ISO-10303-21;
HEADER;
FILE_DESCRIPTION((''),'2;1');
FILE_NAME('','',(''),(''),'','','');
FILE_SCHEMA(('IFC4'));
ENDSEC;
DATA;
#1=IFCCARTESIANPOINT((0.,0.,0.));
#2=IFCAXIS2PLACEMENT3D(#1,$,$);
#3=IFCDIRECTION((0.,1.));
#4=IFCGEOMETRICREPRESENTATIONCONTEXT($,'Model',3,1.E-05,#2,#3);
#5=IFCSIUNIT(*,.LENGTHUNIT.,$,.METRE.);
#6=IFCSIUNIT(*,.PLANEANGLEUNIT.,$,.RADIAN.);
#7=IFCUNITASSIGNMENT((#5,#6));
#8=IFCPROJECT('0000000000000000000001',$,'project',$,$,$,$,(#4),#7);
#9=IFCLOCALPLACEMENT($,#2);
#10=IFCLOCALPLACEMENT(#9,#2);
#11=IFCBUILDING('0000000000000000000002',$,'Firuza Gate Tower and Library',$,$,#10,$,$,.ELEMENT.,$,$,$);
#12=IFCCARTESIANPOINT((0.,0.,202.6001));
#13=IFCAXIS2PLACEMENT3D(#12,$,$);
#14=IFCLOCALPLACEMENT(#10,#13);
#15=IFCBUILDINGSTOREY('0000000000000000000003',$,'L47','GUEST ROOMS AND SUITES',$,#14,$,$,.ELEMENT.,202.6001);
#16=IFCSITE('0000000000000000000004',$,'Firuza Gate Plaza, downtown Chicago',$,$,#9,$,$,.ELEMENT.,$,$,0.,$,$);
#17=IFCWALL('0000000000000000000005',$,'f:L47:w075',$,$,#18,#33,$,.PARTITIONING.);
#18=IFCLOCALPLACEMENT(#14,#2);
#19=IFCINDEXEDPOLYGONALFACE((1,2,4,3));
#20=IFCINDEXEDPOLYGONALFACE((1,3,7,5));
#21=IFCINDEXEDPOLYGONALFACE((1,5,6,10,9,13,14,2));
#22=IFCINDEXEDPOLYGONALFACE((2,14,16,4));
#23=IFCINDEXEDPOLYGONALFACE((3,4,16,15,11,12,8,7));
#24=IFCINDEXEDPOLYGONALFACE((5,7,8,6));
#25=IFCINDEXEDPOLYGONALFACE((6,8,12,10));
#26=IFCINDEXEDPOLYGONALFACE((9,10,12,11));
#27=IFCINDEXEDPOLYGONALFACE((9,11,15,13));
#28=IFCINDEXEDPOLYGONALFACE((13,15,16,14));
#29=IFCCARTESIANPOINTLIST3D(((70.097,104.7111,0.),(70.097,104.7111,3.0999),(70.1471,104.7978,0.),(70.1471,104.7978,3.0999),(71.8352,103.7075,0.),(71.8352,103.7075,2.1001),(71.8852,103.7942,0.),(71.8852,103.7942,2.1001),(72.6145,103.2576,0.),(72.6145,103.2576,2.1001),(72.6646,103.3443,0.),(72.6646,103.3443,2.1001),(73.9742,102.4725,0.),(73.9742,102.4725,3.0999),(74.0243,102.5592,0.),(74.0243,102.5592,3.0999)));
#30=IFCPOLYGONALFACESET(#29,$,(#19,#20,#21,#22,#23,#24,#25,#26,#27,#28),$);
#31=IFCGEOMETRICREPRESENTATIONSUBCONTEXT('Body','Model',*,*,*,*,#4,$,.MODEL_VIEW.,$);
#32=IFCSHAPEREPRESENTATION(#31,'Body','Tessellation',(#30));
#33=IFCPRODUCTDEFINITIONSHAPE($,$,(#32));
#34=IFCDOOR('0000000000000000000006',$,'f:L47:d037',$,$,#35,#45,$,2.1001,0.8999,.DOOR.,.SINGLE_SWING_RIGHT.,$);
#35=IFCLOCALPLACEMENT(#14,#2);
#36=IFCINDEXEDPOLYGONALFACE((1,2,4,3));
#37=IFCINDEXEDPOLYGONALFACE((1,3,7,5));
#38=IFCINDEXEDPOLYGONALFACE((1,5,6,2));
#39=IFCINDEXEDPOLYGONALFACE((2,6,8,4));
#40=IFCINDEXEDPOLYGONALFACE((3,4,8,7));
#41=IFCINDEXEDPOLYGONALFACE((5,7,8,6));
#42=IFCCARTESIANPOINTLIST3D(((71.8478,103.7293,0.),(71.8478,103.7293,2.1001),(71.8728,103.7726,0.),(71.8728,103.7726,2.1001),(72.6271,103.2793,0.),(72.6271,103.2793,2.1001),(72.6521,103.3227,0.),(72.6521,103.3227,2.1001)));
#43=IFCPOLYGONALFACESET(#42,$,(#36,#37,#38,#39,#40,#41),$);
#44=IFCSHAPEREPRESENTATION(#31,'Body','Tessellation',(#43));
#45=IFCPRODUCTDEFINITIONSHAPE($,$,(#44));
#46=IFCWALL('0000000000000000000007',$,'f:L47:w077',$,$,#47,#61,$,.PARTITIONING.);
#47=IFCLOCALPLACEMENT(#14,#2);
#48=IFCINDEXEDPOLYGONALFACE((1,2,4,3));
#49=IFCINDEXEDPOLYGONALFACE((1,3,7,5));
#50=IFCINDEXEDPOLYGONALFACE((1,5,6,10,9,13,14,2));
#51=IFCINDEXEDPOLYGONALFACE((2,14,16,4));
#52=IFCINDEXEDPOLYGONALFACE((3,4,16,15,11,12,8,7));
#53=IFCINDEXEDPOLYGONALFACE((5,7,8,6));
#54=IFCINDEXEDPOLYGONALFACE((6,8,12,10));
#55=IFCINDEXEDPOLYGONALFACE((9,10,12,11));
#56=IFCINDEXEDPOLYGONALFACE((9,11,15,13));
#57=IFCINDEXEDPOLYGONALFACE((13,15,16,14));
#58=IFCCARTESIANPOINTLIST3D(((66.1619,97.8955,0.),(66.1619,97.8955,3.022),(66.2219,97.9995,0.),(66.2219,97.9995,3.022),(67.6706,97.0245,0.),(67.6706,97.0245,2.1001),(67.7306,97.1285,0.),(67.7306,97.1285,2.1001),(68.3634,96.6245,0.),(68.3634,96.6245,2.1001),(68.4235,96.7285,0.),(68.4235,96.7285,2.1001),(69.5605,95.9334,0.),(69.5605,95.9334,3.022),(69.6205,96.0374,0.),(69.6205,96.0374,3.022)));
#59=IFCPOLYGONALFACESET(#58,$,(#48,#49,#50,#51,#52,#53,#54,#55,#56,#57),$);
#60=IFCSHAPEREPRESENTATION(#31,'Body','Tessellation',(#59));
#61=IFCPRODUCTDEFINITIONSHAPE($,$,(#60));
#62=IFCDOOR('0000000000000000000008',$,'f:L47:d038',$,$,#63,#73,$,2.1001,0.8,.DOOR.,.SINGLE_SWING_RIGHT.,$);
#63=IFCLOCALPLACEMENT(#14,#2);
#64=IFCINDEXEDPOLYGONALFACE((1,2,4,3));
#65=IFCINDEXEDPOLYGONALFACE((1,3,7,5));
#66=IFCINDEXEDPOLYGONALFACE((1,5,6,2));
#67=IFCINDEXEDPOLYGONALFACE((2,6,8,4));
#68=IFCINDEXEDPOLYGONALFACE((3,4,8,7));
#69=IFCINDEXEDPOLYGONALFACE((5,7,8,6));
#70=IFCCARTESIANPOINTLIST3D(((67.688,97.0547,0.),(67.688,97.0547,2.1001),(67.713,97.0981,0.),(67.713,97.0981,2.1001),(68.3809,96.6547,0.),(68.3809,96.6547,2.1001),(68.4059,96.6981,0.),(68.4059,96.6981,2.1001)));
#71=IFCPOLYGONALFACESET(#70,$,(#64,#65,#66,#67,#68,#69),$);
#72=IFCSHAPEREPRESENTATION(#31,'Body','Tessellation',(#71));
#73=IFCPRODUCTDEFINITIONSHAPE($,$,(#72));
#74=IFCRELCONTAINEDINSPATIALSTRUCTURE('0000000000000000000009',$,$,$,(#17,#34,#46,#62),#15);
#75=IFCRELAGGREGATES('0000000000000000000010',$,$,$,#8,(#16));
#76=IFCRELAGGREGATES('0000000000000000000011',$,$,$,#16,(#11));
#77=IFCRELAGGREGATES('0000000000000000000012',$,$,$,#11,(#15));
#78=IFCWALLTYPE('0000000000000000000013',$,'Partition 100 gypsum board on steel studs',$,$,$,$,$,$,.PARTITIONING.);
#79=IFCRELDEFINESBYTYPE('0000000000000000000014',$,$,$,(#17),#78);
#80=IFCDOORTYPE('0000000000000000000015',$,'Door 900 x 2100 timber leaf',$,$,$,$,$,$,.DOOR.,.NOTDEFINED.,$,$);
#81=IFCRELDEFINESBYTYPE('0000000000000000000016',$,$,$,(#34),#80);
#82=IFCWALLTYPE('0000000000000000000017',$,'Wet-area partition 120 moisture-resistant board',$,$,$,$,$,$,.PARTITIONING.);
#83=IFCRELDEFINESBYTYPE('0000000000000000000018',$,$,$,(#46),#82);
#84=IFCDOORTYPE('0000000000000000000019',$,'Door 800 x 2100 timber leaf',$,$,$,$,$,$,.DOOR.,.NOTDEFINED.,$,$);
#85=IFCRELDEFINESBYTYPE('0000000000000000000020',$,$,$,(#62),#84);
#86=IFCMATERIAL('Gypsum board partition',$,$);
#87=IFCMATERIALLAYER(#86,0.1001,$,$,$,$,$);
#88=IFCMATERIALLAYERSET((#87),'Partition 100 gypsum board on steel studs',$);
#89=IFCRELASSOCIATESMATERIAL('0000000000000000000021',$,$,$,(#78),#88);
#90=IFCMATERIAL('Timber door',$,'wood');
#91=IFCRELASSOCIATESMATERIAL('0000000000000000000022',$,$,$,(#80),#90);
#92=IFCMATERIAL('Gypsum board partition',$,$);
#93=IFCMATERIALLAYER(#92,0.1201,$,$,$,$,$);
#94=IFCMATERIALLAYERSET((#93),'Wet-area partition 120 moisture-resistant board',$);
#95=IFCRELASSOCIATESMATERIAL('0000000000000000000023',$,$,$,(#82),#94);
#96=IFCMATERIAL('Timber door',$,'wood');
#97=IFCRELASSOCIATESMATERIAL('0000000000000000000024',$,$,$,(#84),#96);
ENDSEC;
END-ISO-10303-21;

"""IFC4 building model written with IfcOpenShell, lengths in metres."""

from ifc_helpers import new_model, si_unit, direction, frame, frame_2d, origin, place, context, subcontext, project, spatial, rectangle, extrude, material, layer, layer_set, type_object, element, fill, save


model = new_model("IFC4")

# Units and contexts
model_context = context("Model", 3, precision=1e-05, world=origin(), true_north=direction((0.0, 1.0)))
body_context = subcontext(model_context, "Body", "Model", "MODEL_VIEW")
ifc_project = project(units=[si_unit("LENGTHUNIT", "METRE"), si_unit("PLANEANGLEUNIT", "RADIAN")], contexts=[model_context])

# Site, building, storey
site_placement = place(None, origin())
site = spatial("IfcSite", under=ifc_project, at=site_placement, Name="Firuza Gate Plaza, downtown Chicago", CompositionType="ELEMENT", RefElevation=0.0)
building_placement = place(site_placement, origin())
building = spatial("IfcBuilding", under=site, at=building_placement, Name="Firuza Gate Tower and Library", CompositionType="ELEMENT")
storey_placement = place(building_placement, frame((0.0, 0.0, 202.6001)))
storey = spatial("IfcBuildingStorey", under=building, at=storey_placement, Name="L47", Description="GUEST ROOMS AND SUITES", CompositionType="ELEMENT", Elevation=202.6001)

# Shared definitions
ifc_material_1 = material(Name="Gypsum board partition")
ifc_layer_1 = layer(ifc_material_1, 0.1001)
ifc_layer_set_1 = layer_set([ifc_layer_1], Name="Partition 100 gypsum board on steel studs")
wall_type_1 = type_object("IfcWallType", Name="Partition 100 gypsum board on steel studs", PredefinedType="PARTITIONING", material=ifc_layer_set_1)

# Walls, openings, doors
wall_1_placement = place(storey_placement, frame((73.9993, 102.5159, 0.0), z_axis=(0.0, 0.0, 1.0), x_axis=(-0.866023, 0.500004, 0.0)))
wall_1 = element("IfcWall", 1, at=wall_1_placement, inside=storey, type_object=wall_type_1, Name="f:L47:w075", PredefinedType="PARTITIONING", context=body_context, shape_type="SweptSolid", body=[
    extrude(rectangle(XDim=4.4771, YDim=0.1001, at=frame_2d((2.2385, 0.0))), origin(), (0.0, 0.0, 1.0), 3.0999),
])
opening_1_placement = place(wall_1_placement, frame((1.5701, 0.0, 0.0)))
opening_1 = element("IfcOpeningElement", 2, at=opening_1_placement, cuts=wall_1, PredefinedType="OPENING", context=body_context, shape_type="SweptSolid", body=[
    extrude(rectangle(XDim=0.8999, YDim=2.1001, at=frame_2d((0.45, 1.05))), frame((0.0, 0.0601, 0.0), z_axis=(0.0, -1.0, 0.0), x_axis=(1.0, 0.0, 0.0)), (0.0, 0.0, 1.0), 0.1201),
])
ifc_material_2 = material(Name="Timber door", Category="wood")
door_type_1 = type_object("IfcDoorType", Name="Door 900 x 2100 timber leaf", OperationType="NOTDEFINED", PredefinedType="DOOR", material=ifc_material_2)
door_1_placement = place(opening_1_placement, origin())
door_1 = element("IfcDoor", 3, at=door_1_placement, inside=storey, type_object=door_type_1, Name="f:L47:d037", OperationType="SINGLE_SWING_RIGHT", OverallHeight=2.1001, OverallWidth=0.8999, PredefinedType="DOOR", context=body_context, shape_type="SweptSolid", body=[
    extrude(rectangle(XDim=0.8999, YDim=2.1001, at=frame_2d((0.45, 1.05))), frame((0.0, 0.0249, 0.0), z_axis=(0.0, -1.0, 0.0), x_axis=(1.0, 0.0, 0.0)), (0.0, 0.0, 1.0), 0.05),
])
fill(opening_1, door_1)
ifc_material_3 = material(Name="Gypsum board partition")
ifc_layer_2 = layer(ifc_material_3, 0.1201)
ifc_layer_set_2 = layer_set([ifc_layer_2], Name="Wet-area partition 120 moisture-resistant board")
wall_type_2 = type_object("IfcWallType", Name="Wet-area partition 120 moisture-resistant board", PredefinedType="PARTITIONING", material=ifc_layer_set_2)
wall_2_placement = place(storey_placement, frame((66.1919, 97.9475, 0.0), z_axis=(0.0, 0.0, 1.0), x_axis=(0.866033, -0.499986, 0.0)))
wall_2 = element("IfcWall", 4, at=wall_2_placement, inside=storey, type_object=wall_type_2, Name="f:L47:w077", PredefinedType="PARTITIONING", context=body_context, shape_type="SweptSolid", body=[
    extrude(rectangle(XDim=3.9243, YDim=0.1201, at=frame_2d((1.9622, 0.0))), origin(), (0.0, 0.0, 1.0), 3.022),
])
opening_2_placement = place(wall_2_placement, frame((1.7422, 0.0, 0.0)))
opening_2 = element("IfcOpeningElement", 5, at=opening_2_placement, cuts=wall_2, PredefinedType="OPENING", context=body_context, shape_type="SweptSolid", body=[
    extrude(rectangle(XDim=0.8, YDim=2.1001, at=frame_2d((0.3999, 1.05))), frame((0.0, 0.0701, 0.0), z_axis=(0.0, -1.0, 0.0), x_axis=(1.0, 0.0, 0.0)), (0.0, 0.0, 1.0), 0.1401),
])
ifc_material_4 = material(Name="Timber door", Category="wood")
door_type_2 = type_object("IfcDoorType", Name="Door 800 x 2100 timber leaf", OperationType="NOTDEFINED", PredefinedType="DOOR", material=ifc_material_4)
door_2_placement = place(opening_2_placement, origin())
door_2 = element("IfcDoor", 6, at=door_2_placement, inside=storey, type_object=door_type_2, Name="f:L47:d038", OperationType="SINGLE_SWING_RIGHT", OverallHeight=2.1001, OverallWidth=0.8, PredefinedType="DOOR", context=body_context, shape_type="SweptSolid", body=[
    extrude(rectangle(XDim=0.8, YDim=2.1001, at=frame_2d((0.3999, 1.05))), frame((0.0, 0.0249, 0.0), z_axis=(0.0, -1.0, 0.0), x_axis=(1.0, 0.0, 0.0)), (0.0, 0.0, 1.0), 0.05),
])
fill(opening_2, door_2)

save(model, "model.ifc")
